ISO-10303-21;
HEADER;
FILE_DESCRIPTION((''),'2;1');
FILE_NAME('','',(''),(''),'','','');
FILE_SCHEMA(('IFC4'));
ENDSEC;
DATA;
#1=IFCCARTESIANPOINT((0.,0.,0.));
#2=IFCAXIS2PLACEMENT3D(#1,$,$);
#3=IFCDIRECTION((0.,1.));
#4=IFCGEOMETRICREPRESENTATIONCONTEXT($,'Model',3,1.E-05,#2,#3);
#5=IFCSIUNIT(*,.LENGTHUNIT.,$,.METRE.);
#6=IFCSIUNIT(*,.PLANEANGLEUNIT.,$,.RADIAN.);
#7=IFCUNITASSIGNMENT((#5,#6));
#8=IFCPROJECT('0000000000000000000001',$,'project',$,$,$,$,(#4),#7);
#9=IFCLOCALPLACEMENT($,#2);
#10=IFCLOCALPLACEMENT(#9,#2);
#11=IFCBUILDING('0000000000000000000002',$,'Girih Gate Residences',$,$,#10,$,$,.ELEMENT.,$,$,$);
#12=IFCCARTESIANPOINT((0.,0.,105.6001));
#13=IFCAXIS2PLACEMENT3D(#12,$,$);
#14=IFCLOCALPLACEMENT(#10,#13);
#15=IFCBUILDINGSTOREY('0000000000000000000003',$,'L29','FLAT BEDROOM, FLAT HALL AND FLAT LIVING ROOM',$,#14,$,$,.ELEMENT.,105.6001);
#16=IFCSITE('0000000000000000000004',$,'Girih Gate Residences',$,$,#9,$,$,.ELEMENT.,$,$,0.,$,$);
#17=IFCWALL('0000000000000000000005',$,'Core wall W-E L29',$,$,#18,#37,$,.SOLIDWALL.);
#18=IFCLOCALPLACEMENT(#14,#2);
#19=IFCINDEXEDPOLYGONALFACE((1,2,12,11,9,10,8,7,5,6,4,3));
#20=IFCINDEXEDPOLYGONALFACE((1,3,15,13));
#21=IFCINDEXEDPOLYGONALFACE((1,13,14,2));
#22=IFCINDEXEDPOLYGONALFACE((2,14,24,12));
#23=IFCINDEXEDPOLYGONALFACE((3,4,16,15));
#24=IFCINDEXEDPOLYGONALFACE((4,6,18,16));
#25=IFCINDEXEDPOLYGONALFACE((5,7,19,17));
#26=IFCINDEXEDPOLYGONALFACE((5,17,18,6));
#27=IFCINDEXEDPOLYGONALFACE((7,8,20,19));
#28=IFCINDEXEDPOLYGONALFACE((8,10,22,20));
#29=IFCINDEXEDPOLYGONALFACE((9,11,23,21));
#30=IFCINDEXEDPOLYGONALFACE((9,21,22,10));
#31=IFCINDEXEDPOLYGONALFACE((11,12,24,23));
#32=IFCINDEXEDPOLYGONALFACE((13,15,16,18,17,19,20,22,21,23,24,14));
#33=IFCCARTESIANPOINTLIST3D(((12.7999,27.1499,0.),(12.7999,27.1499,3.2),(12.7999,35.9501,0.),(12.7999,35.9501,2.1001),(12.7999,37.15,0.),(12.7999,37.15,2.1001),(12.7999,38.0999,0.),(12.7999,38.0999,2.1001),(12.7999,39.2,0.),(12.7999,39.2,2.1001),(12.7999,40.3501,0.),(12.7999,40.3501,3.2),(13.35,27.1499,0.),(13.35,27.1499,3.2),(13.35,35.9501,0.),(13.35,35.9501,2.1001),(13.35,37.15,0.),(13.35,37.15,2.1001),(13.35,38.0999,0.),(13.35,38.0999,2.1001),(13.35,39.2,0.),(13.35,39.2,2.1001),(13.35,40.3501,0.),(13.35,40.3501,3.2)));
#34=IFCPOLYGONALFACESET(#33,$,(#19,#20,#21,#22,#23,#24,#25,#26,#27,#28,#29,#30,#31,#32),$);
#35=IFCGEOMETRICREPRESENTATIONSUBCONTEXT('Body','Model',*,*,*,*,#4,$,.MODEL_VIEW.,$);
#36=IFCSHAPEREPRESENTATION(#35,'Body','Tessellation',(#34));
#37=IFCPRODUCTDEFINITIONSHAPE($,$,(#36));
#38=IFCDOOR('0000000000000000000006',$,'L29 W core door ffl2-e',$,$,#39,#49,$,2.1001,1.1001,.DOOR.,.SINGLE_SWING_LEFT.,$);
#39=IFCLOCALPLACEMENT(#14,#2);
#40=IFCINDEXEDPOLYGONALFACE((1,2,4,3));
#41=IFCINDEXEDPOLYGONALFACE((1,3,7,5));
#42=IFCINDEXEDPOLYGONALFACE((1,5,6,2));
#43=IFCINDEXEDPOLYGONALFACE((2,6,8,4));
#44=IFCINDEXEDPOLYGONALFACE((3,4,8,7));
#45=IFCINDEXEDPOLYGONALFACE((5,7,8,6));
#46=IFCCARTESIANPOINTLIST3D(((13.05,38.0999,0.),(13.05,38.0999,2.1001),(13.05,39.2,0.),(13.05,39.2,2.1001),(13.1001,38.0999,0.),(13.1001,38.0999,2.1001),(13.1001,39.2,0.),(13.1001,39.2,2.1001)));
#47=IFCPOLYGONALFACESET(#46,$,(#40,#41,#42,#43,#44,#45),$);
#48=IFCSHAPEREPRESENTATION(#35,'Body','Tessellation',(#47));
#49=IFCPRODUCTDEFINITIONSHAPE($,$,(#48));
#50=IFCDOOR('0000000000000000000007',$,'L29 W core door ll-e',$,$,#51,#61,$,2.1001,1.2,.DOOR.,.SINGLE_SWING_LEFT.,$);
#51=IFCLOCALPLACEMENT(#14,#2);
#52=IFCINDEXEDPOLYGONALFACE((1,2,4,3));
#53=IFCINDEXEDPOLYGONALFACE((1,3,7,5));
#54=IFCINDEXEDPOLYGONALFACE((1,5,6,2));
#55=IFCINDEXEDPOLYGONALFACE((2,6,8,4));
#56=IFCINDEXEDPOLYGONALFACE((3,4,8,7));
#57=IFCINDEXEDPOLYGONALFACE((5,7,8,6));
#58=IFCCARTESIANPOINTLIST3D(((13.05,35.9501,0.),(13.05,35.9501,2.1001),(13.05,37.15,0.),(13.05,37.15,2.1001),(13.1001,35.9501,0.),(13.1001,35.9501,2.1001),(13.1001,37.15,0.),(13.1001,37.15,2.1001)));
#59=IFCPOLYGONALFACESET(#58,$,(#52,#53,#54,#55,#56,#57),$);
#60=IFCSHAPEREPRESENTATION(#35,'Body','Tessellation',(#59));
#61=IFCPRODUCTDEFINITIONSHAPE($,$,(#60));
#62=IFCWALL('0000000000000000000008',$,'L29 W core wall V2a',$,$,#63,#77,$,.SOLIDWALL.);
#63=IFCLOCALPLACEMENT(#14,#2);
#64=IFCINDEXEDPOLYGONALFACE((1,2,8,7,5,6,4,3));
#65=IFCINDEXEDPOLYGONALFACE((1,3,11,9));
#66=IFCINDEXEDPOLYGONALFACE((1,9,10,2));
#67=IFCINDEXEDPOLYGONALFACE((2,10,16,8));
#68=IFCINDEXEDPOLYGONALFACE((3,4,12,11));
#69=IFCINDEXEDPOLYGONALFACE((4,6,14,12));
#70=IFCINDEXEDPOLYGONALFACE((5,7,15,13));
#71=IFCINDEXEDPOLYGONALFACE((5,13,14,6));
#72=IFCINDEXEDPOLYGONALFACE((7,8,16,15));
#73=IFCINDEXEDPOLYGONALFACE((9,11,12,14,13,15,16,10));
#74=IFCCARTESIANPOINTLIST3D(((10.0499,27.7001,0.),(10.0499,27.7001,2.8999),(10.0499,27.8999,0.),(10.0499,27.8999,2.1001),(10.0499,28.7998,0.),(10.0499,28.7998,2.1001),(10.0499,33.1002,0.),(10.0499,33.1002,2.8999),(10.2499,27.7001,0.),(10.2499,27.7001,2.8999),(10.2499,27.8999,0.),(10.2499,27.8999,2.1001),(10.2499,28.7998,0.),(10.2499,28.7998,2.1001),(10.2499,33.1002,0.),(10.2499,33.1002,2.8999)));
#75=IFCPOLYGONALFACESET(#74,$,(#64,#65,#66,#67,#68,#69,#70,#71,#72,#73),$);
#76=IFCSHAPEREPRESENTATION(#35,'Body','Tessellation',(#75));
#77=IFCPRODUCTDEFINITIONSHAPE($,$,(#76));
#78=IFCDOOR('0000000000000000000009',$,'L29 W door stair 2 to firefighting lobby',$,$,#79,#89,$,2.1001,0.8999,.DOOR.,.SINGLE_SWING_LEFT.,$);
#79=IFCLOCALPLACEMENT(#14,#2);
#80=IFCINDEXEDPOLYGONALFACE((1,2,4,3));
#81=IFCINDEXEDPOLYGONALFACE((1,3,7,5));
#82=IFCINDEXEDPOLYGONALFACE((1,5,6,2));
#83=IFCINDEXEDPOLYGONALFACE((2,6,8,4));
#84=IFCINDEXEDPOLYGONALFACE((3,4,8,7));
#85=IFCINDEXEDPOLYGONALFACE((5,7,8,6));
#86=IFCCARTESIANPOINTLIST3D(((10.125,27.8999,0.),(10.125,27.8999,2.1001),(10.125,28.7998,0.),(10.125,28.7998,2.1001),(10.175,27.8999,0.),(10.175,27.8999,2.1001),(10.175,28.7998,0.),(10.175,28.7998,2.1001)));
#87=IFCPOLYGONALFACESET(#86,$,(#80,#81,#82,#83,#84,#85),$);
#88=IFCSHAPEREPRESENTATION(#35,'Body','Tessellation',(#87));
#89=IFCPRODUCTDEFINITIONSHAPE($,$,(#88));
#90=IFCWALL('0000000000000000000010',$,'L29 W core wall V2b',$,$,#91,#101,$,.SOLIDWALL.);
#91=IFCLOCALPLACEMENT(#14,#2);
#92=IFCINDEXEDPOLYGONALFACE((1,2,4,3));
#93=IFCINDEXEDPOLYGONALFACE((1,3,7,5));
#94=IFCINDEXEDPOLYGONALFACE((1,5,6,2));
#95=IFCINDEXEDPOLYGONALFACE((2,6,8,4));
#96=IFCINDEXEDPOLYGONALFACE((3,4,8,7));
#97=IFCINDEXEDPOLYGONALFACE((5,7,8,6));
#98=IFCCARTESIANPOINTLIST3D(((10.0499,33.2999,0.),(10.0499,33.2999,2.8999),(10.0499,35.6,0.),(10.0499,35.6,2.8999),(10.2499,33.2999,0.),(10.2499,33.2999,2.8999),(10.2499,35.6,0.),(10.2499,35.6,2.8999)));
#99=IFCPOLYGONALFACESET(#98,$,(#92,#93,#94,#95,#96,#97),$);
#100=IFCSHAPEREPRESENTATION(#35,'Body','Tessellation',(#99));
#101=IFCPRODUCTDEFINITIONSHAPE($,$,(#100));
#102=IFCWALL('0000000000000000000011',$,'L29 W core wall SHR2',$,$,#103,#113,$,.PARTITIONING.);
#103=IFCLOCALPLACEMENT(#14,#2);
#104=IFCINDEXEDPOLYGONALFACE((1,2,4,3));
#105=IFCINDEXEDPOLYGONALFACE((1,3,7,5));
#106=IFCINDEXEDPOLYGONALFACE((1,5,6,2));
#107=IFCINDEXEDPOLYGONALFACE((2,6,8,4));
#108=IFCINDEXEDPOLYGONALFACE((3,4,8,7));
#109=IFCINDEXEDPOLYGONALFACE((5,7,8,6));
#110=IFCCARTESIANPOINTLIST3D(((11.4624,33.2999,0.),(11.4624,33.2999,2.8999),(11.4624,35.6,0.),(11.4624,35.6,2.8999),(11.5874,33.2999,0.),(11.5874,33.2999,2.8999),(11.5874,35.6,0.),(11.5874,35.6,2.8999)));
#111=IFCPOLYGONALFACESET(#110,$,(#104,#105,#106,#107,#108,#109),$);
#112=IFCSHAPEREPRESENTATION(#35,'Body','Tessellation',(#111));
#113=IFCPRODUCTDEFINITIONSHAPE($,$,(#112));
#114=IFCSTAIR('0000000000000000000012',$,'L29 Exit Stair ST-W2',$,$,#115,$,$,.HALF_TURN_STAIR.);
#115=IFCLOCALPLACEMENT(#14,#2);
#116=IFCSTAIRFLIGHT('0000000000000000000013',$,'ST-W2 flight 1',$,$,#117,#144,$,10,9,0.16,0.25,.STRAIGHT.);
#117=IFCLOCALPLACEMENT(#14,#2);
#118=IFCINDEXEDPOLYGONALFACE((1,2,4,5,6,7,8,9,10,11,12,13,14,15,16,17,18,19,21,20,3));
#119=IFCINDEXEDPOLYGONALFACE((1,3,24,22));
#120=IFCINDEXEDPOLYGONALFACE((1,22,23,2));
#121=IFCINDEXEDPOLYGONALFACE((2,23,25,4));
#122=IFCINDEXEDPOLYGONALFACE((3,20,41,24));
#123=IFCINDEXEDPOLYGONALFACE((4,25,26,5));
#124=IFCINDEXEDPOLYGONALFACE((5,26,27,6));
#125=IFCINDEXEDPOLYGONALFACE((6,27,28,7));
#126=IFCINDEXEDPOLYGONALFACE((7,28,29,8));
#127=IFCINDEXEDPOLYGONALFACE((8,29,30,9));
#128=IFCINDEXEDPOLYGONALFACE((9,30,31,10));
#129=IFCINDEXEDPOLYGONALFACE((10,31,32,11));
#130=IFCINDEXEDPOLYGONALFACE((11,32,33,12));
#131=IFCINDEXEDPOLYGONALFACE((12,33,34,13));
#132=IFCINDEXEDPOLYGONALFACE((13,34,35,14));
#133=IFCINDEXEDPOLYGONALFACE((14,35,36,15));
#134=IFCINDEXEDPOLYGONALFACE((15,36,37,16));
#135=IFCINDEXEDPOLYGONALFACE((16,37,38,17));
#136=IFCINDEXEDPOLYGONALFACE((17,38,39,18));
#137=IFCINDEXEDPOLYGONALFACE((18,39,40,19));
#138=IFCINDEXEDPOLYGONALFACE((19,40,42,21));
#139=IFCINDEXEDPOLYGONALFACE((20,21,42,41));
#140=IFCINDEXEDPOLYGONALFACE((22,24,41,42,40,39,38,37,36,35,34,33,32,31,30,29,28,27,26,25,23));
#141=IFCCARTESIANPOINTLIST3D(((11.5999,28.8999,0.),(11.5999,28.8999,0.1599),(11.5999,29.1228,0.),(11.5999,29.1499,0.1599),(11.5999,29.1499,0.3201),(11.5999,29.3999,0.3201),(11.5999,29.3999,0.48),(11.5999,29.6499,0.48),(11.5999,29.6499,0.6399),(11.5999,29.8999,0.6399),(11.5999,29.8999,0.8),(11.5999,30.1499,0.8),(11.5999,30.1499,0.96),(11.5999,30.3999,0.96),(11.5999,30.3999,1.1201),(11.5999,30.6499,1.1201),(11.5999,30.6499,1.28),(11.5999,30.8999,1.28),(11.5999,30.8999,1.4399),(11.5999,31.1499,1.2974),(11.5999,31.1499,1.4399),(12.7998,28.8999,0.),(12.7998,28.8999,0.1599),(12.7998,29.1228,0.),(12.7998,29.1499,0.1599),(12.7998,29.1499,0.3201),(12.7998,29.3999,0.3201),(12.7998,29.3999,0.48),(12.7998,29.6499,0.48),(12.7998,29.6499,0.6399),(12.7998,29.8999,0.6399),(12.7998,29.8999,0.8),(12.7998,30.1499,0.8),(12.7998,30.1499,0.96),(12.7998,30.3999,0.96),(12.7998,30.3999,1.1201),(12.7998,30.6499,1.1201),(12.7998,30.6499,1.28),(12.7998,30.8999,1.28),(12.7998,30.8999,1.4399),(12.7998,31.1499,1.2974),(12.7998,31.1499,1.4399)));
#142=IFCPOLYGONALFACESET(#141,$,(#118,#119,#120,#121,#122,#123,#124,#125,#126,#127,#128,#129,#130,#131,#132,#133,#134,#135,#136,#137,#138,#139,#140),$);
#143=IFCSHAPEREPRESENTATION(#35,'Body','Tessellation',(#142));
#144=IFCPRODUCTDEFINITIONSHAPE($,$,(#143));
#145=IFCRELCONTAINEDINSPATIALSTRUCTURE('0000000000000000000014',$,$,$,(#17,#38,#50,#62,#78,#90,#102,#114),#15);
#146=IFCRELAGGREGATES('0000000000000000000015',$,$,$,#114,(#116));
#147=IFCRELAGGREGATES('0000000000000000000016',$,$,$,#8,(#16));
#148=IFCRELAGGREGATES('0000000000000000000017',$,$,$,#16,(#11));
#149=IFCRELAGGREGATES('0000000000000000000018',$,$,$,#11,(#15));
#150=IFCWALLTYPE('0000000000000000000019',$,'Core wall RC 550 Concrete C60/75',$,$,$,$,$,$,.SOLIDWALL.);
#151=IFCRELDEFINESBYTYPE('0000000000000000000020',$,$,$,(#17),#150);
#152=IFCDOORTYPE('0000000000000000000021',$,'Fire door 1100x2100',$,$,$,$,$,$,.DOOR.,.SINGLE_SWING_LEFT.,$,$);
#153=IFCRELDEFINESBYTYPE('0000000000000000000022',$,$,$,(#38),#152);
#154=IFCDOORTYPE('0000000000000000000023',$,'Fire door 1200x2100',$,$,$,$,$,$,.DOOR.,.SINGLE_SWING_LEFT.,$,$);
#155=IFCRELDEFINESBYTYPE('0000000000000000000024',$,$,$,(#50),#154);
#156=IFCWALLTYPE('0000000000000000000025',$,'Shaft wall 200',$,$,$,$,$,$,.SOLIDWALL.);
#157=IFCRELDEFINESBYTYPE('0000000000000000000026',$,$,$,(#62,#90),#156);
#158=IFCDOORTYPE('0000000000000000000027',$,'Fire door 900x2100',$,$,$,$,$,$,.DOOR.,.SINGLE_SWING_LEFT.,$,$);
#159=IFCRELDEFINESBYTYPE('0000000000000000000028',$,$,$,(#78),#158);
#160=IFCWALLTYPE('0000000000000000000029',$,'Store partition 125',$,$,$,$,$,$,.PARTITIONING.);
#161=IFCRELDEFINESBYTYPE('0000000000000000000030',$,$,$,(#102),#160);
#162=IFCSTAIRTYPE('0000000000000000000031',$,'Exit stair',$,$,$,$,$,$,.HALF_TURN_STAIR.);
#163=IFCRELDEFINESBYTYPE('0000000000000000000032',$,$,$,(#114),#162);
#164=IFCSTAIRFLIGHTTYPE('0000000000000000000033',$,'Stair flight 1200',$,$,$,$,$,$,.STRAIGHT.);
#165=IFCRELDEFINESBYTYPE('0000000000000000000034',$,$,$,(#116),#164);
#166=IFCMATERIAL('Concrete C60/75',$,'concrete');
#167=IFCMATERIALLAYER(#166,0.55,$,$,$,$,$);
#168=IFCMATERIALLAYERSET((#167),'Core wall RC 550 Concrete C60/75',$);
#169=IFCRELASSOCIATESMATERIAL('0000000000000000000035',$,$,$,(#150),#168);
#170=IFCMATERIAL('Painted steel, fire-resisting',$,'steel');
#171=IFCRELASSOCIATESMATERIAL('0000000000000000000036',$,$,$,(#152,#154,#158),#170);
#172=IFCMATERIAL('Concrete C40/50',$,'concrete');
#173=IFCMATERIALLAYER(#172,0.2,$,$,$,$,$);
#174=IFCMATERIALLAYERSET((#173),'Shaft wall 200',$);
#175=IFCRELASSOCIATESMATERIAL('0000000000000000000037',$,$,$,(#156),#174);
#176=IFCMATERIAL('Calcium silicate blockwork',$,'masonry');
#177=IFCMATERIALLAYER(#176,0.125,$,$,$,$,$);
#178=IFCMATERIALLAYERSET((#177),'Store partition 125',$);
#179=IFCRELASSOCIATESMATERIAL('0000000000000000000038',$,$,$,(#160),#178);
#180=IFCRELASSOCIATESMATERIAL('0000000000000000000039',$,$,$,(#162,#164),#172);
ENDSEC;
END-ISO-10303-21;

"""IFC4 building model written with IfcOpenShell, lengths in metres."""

from ifc_helpers import new_model, si_unit, direction, frame, frame_2d, origin, place, context, subcontext, project, spatial, polyline, rectangle, outline, extrude, material, layer, layer_set, type_object, element, fill, aggregate, save


model = new_model("IFC4")

# Units and contexts
model_context = context("Model", 3, precision=1e-05, world=origin(), true_north=direction((0.0, 1.0)))
body_context = subcontext(model_context, "Body", "Model", "MODEL_VIEW")
ifc_project = project(units=[si_unit("LENGTHUNIT", "METRE"), si_unit("PLANEANGLEUNIT", "RADIAN")], contexts=[model_context])

# Site, building, storey
site_placement = place(None, origin())
site = spatial("IfcSite", under=ifc_project, at=site_placement, Name="Girih Gate Residences", CompositionType="ELEMENT", RefElevation=0.0)
building_placement = place(site_placement, origin())
building = spatial("IfcBuilding", under=site, at=building_placement, Name="Girih Gate Residences", CompositionType="ELEMENT")
storey_placement = place(building_placement, frame((0.0, 0.0, 105.6001)))
storey = spatial("IfcBuildingStorey", under=building, at=storey_placement, Name="L29", Description="FLAT BEDROOM, FLAT HALL AND FLAT LIVING ROOM", CompositionType="ELEMENT", Elevation=105.6001)

# Shared definitions
ifc_material_1 = material(Name="Concrete C60/75", Category="concrete")

# Wall, openings, doors
ifc_layer_1 = layer(ifc_material_1, 0.55)
ifc_layer_set_1 = layer_set([ifc_layer_1], Name="Core wall RC 550 Concrete C60/75")
wall_type_1 = type_object("IfcWallType", Name="Core wall RC 550 Concrete C60/75", PredefinedType="SOLIDWALL", material=ifc_layer_set_1)
wall_1_placement = place(storey_placement, frame((13.075, 27.1499, 0.0), z_axis=(0.0, 0.0, 1.0), x_axis=(0.0, 1.0, 0.0)))
wall_1 = element("IfcWall", 1, at=wall_1_placement, inside=storey, type_object=wall_type_1, Name="Core wall W-E L29", PredefinedType="SOLIDWALL", context=body_context, shape_type="SweptSolid", body=[
    extrude(rectangle(XDim=13.2002, YDim=0.55, at=frame_2d((6.6001, 0.0))), origin(), (0.0, 0.0, 1.0), 3.2),
])
opening_1_placement = place(wall_1_placement, frame((10.95, 0.0, 0.0)))
opening_1 = element("IfcOpeningElement", 2, at=opening_1_placement, cuts=wall_1, PredefinedType="OPENING", context=body_context, shape_type="SweptSolid", body=[
    extrude(rectangle(XDim=1.1001, YDim=2.1001, at=frame_2d((0.55, 1.05))), frame((0.0, 0.2849, 0.0), z_axis=(0.0, -1.0, 0.0), x_axis=(1.0, 0.0, 0.0)), (0.0, 0.0, 1.0), 0.5701),
])
opening_2_placement = place(wall_1_placement, frame((8.8, 0.0, 0.0)))
opening_2 = element("IfcOpeningElement", 3, at=opening_2_placement, cuts=wall_1, PredefinedType="OPENING", context=body_context, shape_type="SweptSolid", body=[
    extrude(rectangle(XDim=1.2, YDim=2.1001, at=frame_2d((0.6001, 1.05))), frame((0.0, 0.2849, 0.0), z_axis=(0.0, -1.0, 0.0), x_axis=(1.0, 0.0, 0.0)), (0.0, 0.0, 1.0), 0.5701),
])
ifc_material_2 = material(Name="Painted steel, fire-resisting", Category="steel")
door_type_1 = type_object("IfcDoorType", Name="Fire door 1100x2100", OperationType="SINGLE_SWING_LEFT", PredefinedType="DOOR", material=ifc_material_2)
door_1_placement = place(opening_1_placement, origin())
door_1 = element("IfcDoor", 4, at=door_1_placement, inside=storey, type_object=door_type_1, Name="L29 W core door ffl2-e", OperationType="SINGLE_SWING_LEFT", OverallHeight=2.1001, OverallWidth=1.1001, PredefinedType="DOOR", context=body_context, shape_type="SweptSolid", body=[
    extrude(rectangle(XDim=1.1001, YDim=2.1001, at=frame_2d((0.55, 1.05))), frame((0.0, 0.0249, 0.0), z_axis=(0.0, -1.0, 0.0), x_axis=(1.0, 0.0, 0.0)), (0.0, 0.0, 1.0), 0.05),
])
fill(opening_1, door_1)
door_type_2 = type_object("IfcDoorType", Name="Fire door 1200x2100", OperationType="SINGLE_SWING_LEFT", PredefinedType="DOOR", material=ifc_material_2)
door_2_placement = place(opening_2_placement, origin())
door_2 = element("IfcDoor", 5, at=door_2_placement, inside=storey, type_object=door_type_2, Name="L29 W core door ll-e", OperationType="SINGLE_SWING_LEFT", OverallHeight=2.1001, OverallWidth=1.2, PredefinedType="DOOR", context=body_context, shape_type="SweptSolid", body=[
    extrude(rectangle(XDim=1.2, YDim=2.1001, at=frame_2d((0.6001, 1.05))), frame((0.0, 0.0249, 0.0), z_axis=(0.0, -1.0, 0.0), x_axis=(1.0, 0.0, 0.0)), (0.0, 0.0, 1.0), 0.05),
])
fill(opening_2, door_2)

# Wall, opening, door
ifc_material_3 = material(Name="Concrete C40/50", Category="concrete")
ifc_layer_2 = layer(ifc_material_3, 0.2)
ifc_layer_set_2 = layer_set([ifc_layer_2], Name="Shaft wall 200")
wall_type_2 = type_object("IfcWallType", Name="Shaft wall 200", PredefinedType="SOLIDWALL", material=ifc_layer_set_2)
wall_2_placement = place(storey_placement, frame((10.1499, 27.7, 0.0), z_axis=(0.0, 0.0, 1.0), x_axis=(0.0, 1.0, 0.0)))
wall_2 = element("IfcWall", 6, at=wall_2_placement, inside=storey, type_object=wall_type_2, Name="L29 W core wall V2a", PredefinedType="SOLIDWALL", context=body_context, shape_type="SweptSolid", body=[
    extrude(rectangle(XDim=5.4001, YDim=0.2, at=frame_2d((2.7002, 0.0))), origin(), (0.0, 0.0, 1.0), 2.8999),
])
opening_3_placement = place(wall_2_placement, frame((0.2, 0.0, 0.0)))
opening_3 = element("IfcOpeningElement", 7, at=opening_3_placement, cuts=wall_2, PredefinedType="OPENING", context=body_context, shape_type="SweptSolid", body=[
    extrude(rectangle(XDim=0.8999, YDim=2.1001, at=frame_2d((0.45, 1.05))), frame((0.0, 0.1099, 0.0), z_axis=(0.0, -1.0, 0.0), x_axis=(1.0, 0.0, 0.0)), (0.0, 0.0, 1.0), 0.22),
])
door_type_3 = type_object("IfcDoorType", Name="Fire door 900x2100", OperationType="SINGLE_SWING_LEFT", PredefinedType="DOOR", material=ifc_material_2)
door_3_placement = place(opening_3_placement, origin())
door_3 = element("IfcDoor", 8, at=door_3_placement, inside=storey, type_object=door_type_3, Name="L29 W door stair 2 to firefighting lobby", OperationType="SINGLE_SWING_LEFT", OverallHeight=2.1001, OverallWidth=0.8999, PredefinedType="DOOR", context=body_context, shape_type="SweptSolid", body=[
    extrude(rectangle(XDim=0.8999, YDim=2.1001, at=frame_2d((0.45, 1.05))), frame((0.0, 0.0249, 0.0), z_axis=(0.0, -1.0, 0.0), x_axis=(1.0, 0.0, 0.0)), (0.0, 0.0, 1.0), 0.05),
])
fill(opening_3, door_3)

# Walls
wall_3_placement = place(storey_placement, frame((10.1499, 33.3, 0.0), z_axis=(0.0, 0.0, 1.0), x_axis=(0.0, 1.0, 0.0)))
element("IfcWall", 9, at=wall_3_placement, inside=storey, type_object=wall_type_2, Name="L29 W core wall V2b", PredefinedType="SOLIDWALL", context=body_context, shape_type="SweptSolid", body=[
    extrude(rectangle(XDim=2.3, YDim=0.2, at=frame_2d((1.1499, 0.0))), origin(), (0.0, 0.0, 1.0), 2.8999),
])
ifc_material_4 = material(Name="Calcium silicate blockwork", Category="masonry")
ifc_layer_3 = layer(ifc_material_4, 0.125)
ifc_layer_set_3 = layer_set([ifc_layer_3], Name="Store partition 125")
wall_type_3 = type_object("IfcWallType", Name="Store partition 125", PredefinedType="PARTITIONING", material=ifc_layer_set_3)
wall_4_placement = place(storey_placement, frame((11.5249, 33.3, 0.0), z_axis=(0.0, 0.0, 1.0), x_axis=(0.0, 1.0, 0.0)))
element("IfcWall", 10, at=wall_4_placement, inside=storey, type_object=wall_type_3, Name="L29 W core wall SHR2", PredefinedType="PARTITIONING", context=body_context, shape_type="SweptSolid", body=[
    extrude(rectangle(XDim=2.3, YDim=0.125, at=frame_2d((1.1499, 0.0))), origin(), (0.0, 0.0, 1.0), 2.8999),
])

# Stair, stair flight
stair_type = type_object("IfcStairType", Name="Exit stair", PredefinedType="HALF_TURN_STAIR", material=ifc_material_3)
stair_placement = place(storey_placement, origin())
stair = element("IfcStair", 11, at=stair_placement, inside=storey, type_object=stair_type, Name="L29 Exit Stair ST-W2", PredefinedType="HALF_TURN_STAIR")
stair_flight_type = type_object("IfcStairFlightType", Name="Stair flight 1200", PredefinedType="STRAIGHT", material=ifc_material_3)
stair_flight_1_placement = place(storey_placement, frame((12.2, 28.8999, 0.0), z_axis=(0.0, 0.0, 1.0), x_axis=(0.0, 1.0, 0.0)))
stair_flight_1 = element("IfcStairFlight", 12, at=stair_flight_1_placement, type_object=stair_flight_type, Name="ST-W2 flight 1", NumberOfRisers=10, NumberOfTreads=9, PredefinedType="STRAIGHT", RiserHeight=0.16, TreadLength=0.25, context=body_context, shape_type="SweptSolid", body=[
    extrude(outline(polyline([(0.0, 0.0), (0.0, 0.1599), (0.25, 0.1599), (0.25, 0.3201), (0.5, 0.3201), (0.5, 0.48), (0.75, 0.48), (0.75, 0.6399), (1.0, 0.6399), (1.0, 0.8), (1.25, 0.8), (1.25, 0.96), (1.5, 0.96), (1.5, 1.1201), (1.75, 1.1201), (1.75, 1.28), (2.0, 1.28), (2.0, 1.4399), (2.25, 1.4399), (2.25, 1.6001), (2.25, 1.2974), (0.2229, 0.0), (0.0, 0.0)])), frame((0.0, 0.6001, 0.0), z_axis=(0.0, -1.0, 0.0), x_axis=(1.0, 0.0, 0.0)), (0.0, 0.0, 1.0), 1.2),
])
aggregate(stair, [stair_flight_1])

save(model, "model.ifc")
